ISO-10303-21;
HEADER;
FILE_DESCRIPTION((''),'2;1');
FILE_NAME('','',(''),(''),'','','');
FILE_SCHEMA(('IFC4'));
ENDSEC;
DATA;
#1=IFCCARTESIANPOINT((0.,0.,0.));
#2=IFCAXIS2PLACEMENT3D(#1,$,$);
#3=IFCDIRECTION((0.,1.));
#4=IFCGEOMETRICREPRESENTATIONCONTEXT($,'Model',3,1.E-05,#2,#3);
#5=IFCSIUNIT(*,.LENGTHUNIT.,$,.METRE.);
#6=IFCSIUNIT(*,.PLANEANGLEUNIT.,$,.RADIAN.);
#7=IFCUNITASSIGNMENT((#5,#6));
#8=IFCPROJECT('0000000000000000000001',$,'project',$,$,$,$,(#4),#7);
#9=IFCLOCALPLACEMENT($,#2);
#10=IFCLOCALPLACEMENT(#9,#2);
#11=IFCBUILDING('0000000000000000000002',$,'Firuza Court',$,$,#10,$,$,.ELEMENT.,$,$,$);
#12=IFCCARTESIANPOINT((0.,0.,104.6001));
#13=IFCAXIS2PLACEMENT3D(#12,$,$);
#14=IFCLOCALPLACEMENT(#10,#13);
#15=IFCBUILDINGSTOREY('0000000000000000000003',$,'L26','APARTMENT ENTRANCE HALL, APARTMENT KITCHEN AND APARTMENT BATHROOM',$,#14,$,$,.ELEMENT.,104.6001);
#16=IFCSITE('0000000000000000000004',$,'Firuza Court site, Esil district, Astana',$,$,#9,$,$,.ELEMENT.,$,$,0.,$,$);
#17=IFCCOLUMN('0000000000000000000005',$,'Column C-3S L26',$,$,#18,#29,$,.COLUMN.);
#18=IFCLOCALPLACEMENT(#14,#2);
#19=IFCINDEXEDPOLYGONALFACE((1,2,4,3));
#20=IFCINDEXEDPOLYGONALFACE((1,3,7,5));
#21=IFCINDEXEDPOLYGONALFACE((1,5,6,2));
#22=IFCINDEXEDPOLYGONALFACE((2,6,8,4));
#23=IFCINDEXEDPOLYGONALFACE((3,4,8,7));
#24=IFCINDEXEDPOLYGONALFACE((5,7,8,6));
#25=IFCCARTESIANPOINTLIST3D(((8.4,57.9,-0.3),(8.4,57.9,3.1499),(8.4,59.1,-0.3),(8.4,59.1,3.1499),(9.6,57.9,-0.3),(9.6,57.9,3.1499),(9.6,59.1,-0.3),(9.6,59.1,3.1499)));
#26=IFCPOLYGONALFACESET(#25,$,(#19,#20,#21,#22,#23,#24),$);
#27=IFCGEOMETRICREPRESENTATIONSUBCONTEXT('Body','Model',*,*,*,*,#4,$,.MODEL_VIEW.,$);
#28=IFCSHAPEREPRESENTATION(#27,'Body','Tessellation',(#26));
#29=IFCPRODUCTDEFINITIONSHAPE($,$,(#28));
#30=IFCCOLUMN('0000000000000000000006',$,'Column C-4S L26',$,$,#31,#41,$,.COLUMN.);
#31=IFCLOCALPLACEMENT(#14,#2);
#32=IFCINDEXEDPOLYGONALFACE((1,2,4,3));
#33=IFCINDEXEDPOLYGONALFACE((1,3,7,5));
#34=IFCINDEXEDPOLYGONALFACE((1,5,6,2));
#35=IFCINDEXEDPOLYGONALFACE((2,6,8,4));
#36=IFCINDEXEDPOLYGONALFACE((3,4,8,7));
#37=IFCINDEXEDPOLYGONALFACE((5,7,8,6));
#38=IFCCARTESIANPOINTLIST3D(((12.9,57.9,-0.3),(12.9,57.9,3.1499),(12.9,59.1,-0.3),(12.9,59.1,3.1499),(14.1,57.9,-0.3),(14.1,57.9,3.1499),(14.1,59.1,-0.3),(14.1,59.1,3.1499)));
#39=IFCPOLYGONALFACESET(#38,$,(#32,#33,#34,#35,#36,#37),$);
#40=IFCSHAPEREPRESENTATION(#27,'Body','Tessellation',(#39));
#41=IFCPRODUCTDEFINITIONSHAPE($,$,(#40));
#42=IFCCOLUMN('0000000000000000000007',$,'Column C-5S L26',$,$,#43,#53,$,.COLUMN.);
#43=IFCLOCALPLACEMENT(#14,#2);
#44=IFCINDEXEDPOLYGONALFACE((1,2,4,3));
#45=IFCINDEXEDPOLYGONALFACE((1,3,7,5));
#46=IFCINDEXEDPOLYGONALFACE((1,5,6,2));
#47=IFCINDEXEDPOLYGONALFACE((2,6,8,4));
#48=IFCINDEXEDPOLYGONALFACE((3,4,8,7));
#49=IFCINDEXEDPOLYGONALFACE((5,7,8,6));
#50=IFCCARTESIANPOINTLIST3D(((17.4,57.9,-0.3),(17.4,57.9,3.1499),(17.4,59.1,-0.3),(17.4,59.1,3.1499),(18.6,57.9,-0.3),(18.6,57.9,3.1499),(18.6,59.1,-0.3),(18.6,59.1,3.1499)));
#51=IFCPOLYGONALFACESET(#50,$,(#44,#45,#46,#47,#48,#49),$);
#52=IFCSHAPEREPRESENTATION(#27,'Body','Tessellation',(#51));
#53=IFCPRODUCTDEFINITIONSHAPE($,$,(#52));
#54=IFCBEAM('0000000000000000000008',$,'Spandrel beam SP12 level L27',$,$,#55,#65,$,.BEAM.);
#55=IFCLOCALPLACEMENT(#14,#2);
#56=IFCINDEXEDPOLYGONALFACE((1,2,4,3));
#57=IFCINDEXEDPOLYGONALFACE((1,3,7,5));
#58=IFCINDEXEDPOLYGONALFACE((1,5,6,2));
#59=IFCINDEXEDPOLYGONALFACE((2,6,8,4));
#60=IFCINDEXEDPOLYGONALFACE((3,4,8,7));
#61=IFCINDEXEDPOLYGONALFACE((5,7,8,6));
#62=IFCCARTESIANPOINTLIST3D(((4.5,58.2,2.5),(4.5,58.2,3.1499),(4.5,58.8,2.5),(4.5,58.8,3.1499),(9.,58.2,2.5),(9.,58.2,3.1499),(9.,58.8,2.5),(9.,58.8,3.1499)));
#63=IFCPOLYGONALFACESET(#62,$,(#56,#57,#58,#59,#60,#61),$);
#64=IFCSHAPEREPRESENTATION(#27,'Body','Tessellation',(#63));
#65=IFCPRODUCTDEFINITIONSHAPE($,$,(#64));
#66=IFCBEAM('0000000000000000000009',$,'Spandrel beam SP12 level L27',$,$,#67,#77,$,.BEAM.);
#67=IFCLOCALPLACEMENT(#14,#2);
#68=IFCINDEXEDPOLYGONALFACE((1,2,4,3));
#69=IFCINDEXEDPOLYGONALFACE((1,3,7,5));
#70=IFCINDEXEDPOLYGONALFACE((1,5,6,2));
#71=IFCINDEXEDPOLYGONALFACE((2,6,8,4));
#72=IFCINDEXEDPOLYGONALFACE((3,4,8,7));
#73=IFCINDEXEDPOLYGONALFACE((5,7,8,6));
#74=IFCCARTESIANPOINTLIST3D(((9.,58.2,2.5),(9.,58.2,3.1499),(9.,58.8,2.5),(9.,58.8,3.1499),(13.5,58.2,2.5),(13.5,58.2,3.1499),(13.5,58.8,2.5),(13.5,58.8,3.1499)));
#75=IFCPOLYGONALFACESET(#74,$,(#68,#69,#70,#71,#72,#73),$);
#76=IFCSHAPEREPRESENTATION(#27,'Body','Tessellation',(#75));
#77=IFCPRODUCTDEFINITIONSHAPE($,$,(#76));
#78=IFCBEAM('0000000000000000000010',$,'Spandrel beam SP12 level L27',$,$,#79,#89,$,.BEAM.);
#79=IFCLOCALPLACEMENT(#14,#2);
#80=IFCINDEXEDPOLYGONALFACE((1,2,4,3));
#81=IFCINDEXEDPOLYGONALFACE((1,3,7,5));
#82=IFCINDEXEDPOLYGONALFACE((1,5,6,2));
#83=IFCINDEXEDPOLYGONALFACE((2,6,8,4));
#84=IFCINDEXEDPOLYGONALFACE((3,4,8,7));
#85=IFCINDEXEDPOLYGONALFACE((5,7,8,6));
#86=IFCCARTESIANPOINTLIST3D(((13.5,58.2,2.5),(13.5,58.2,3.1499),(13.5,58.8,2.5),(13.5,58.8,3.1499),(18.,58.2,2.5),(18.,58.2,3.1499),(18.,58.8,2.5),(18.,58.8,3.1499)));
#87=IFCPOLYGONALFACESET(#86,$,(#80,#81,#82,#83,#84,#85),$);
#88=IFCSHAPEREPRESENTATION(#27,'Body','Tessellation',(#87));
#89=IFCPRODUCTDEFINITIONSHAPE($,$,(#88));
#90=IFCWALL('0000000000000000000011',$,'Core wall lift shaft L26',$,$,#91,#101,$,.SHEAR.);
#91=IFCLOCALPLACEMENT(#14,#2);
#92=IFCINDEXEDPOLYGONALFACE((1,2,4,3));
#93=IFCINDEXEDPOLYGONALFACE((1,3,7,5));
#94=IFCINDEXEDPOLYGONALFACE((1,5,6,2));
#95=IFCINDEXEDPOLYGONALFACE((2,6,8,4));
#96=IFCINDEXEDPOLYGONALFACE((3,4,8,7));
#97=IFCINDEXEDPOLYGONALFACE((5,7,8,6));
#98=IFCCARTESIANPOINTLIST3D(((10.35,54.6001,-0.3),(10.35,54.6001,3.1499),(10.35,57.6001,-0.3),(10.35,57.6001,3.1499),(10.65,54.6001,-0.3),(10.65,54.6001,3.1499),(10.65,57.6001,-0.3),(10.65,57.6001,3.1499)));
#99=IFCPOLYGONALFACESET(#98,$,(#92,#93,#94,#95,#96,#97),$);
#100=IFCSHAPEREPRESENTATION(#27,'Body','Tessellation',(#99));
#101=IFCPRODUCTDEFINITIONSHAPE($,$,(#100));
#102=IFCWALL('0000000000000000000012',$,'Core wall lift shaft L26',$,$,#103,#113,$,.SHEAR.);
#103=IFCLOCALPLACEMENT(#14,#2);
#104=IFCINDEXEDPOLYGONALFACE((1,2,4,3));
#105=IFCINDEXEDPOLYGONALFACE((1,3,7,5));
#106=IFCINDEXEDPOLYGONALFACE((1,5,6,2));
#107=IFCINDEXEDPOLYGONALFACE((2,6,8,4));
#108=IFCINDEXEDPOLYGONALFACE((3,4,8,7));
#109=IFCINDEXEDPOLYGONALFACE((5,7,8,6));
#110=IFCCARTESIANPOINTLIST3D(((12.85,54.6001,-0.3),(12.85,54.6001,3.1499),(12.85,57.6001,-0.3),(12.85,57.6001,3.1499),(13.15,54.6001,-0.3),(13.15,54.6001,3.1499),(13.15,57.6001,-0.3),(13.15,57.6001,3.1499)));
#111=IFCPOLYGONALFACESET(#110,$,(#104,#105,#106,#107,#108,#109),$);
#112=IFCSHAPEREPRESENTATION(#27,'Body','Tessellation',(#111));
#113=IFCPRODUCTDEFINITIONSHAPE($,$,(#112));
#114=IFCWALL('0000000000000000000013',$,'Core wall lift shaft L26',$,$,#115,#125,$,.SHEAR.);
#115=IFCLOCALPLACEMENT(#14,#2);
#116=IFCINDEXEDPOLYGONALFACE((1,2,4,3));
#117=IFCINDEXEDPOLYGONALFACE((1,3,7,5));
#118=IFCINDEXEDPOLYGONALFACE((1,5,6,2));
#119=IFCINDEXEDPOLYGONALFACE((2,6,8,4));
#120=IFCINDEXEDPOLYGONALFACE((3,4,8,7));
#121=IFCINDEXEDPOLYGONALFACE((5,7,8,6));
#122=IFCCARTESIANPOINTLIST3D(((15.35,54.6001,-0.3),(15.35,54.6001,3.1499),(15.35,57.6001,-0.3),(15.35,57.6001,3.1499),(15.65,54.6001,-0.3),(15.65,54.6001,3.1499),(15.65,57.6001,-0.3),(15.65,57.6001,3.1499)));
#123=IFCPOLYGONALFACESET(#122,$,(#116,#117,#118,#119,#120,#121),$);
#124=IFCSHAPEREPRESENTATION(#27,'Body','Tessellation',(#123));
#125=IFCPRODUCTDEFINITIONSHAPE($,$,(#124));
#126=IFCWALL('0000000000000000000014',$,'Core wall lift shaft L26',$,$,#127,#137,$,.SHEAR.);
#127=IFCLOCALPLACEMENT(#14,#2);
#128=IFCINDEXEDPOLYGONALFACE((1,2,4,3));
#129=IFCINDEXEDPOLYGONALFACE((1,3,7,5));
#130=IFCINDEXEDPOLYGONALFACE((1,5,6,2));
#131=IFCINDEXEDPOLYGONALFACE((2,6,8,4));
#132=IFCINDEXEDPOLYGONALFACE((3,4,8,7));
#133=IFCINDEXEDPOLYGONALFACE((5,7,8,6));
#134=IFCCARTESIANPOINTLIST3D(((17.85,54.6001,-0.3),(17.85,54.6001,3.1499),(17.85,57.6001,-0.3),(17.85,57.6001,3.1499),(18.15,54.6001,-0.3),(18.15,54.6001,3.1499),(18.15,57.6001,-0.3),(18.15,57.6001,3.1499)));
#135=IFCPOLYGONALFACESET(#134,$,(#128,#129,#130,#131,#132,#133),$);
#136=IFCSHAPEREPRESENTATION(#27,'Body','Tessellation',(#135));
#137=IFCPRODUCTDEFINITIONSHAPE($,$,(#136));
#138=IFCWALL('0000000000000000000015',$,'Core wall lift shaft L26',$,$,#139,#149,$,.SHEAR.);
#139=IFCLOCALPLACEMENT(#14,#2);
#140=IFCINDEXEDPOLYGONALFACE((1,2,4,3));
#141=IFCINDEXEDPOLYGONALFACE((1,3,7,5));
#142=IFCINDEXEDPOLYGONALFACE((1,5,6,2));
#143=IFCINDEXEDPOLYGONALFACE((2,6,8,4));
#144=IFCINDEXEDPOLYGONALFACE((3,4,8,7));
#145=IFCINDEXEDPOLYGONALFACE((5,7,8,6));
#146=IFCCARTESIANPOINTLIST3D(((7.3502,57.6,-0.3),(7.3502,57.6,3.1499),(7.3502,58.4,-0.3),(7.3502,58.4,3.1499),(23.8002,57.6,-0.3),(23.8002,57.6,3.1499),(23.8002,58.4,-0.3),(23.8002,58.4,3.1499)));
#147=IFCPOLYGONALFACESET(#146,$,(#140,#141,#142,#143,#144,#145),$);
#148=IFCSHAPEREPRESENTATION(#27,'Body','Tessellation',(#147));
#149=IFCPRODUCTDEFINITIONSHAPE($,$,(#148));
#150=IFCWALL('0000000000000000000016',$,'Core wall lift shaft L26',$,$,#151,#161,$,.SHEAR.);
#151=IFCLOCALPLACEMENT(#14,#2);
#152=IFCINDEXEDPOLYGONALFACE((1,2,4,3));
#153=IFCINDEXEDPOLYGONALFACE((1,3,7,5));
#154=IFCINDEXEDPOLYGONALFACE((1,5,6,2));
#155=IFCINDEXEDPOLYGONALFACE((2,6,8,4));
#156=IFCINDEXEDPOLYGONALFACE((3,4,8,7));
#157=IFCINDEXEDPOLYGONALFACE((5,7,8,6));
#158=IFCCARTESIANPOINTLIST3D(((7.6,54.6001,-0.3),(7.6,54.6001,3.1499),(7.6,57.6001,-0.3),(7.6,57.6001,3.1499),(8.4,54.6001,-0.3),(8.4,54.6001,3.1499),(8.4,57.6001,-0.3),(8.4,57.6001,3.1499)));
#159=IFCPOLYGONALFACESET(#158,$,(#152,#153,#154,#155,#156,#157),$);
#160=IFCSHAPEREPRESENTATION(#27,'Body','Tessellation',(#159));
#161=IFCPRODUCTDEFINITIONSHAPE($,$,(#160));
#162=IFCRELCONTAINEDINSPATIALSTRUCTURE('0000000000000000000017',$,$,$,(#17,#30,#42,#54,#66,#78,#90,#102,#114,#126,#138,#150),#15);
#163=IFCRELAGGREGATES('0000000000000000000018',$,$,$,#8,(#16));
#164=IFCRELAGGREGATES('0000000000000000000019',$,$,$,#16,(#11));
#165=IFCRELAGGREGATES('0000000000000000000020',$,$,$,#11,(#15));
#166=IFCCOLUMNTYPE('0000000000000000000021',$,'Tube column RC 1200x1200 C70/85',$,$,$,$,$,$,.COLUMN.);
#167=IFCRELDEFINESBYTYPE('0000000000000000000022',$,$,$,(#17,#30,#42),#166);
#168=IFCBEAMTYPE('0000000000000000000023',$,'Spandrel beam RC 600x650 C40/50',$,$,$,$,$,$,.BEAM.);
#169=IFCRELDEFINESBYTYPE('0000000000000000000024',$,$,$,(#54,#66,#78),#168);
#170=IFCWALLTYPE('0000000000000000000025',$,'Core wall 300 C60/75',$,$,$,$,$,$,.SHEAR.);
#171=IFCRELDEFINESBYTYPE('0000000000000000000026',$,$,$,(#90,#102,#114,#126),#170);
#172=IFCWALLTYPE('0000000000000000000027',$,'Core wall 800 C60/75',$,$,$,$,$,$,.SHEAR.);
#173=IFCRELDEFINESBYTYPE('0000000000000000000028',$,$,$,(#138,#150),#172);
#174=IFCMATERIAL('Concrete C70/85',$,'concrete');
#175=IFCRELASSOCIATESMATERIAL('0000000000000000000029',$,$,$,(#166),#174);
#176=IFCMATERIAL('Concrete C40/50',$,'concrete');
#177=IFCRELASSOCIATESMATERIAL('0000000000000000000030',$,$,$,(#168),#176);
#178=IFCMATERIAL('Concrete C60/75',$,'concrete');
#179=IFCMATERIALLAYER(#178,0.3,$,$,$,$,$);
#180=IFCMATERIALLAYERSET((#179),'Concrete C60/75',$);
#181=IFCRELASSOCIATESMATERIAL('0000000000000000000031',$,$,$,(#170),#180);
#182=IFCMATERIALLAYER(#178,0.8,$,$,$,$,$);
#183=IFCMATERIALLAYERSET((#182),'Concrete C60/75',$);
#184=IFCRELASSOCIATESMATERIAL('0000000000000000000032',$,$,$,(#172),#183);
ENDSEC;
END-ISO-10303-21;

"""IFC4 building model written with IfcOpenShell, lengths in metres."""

from ifc_helpers import new_model, si_unit, direction, frame, frame_2d, origin, origin_2d, place, context, subcontext, project, spatial, rectangle, extrude, material, layer, layer_set, material_profile, profile_set, type_object, element, save


model = new_model("IFC4")

# Units and contexts
model_context = context("Model", 3, precision=1e-05, world=origin(), true_north=direction((0.0, 1.0)))
body_context = subcontext(model_context, "Body", "Model", "MODEL_VIEW")
ifc_project = project(units=[si_unit("LENGTHUNIT", "METRE"), si_unit("PLANEANGLEUNIT", "RADIAN")], contexts=[model_context])

# Site, building, storey
site_placement = place(None, origin())
site = spatial("IfcSite", under=ifc_project, at=site_placement, Name="Firuza Court site, Esil district, Astana", CompositionType="ELEMENT", RefElevation=0.0)
building_placement = place(site_placement, origin())
building = spatial("IfcBuilding", under=site, at=building_placement, Name="Firuza Court", CompositionType="ELEMENT")
storey_placement = place(building_placement, frame((0.0, 0.0, 104.6001)))
storey = spatial("IfcBuildingStorey", under=building, at=storey_placement, Name="L26", Description="APARTMENT ENTRANCE HALL, APARTMENT KITCHEN AND APARTMENT BATHROOM", CompositionType="ELEMENT", Elevation=104.6001)

# Columns
ifc_material_1 = material(Name="Concrete C70/85", Category="concrete")
ifc_material_profile_1 = material_profile(ifc_material_1, rectangle(XDim=1.2, YDim=1.2, at=origin_2d()), Name="RC 1200x1200")
ifc_profile_set_1 = profile_set([ifc_material_profile_1], Name="Concrete C70/85")
column_type = type_object("IfcColumnType", Name="Tube column RC 1200x1200 C70/85", PredefinedType="COLUMN", material=ifc_profile_set_1)
for number, where, z_axis, x_axis, name in (
    (1, (9.0, 58.5, -0.3), (0.0, 0.0, 1.0), (1.0, 0.0, 0.0), "Column C-3S L26"),
    (2, (13.5, 58.5, -0.3), (0.0, 0.0, 1.0), (1.0, 0.0, 0.0), "Column C-4S L26"),
    (3, (18.0, 58.5, -0.3), (0.0, 0.0, 1.0), (1.0, 0.0, 0.0), "Column C-5S L26"),
):
    element("IfcColumn", number, at=place(storey_placement, frame(where, z_axis=z_axis, x_axis=x_axis)), inside=storey, type_object=column_type, Name=name, PredefinedType="COLUMN", context=body_context, shape_type="SweptSolid", body=[
        extrude(rectangle(XDim=1.2, YDim=1.2, at=origin_2d()), origin(), (0.0, 0.0, 1.0), 3.45),
    ])

# Beams
ifc_material_2 = material(Name="Concrete C40/50", Category="concrete")
ifc_material_profile_2 = material_profile(ifc_material_2, rectangle(XDim=0.6001, YDim=0.6499, at=origin_2d()), Name="RC 600x650")
ifc_profile_set_2 = profile_set([ifc_material_profile_2], Name="Concrete C40/50")
beam_type = type_object("IfcBeamType", Name="Spandrel beam RC 600x650 C40/50", PredefinedType="BEAM", material=ifc_profile_set_2)
for number, where, z_axis, x_axis, name in (
    (4, (9.0, 58.5, 2.825), (-1.0, 0.0, 0.0), (0.0, -1.0, 0.0), "Spandrel beam SP12 level L27"),
    (5, (13.5, 58.5, 2.825), (-1.0, 0.0, 0.0), (0.0, -1.0, 0.0), "Spandrel beam SP12 level L27"),
    (6, (18.0, 58.5, 2.825), (-1.0, 0.0, 0.0), (0.0, -1.0, 0.0), "Spandrel beam SP12 level L27"),
):
    element("IfcBeam", number, at=place(storey_placement, frame(where, z_axis=z_axis, x_axis=x_axis)), inside=storey, type_object=beam_type, Name=name, PredefinedType="BEAM", context=body_context, shape_type="SweptSolid", body=[
        extrude(rectangle(XDim=0.6001, YDim=0.6499, at=origin_2d()), origin(), (0.0, 0.0, 1.0), 4.5),
    ])

# Walls
ifc_material_3 = material(Name="Concrete C60/75", Category="concrete")
ifc_layer_1 = layer(ifc_material_3, 0.3)
ifc_layer_set_1 = layer_set([ifc_layer_1], Name="Concrete C60/75")
wall_type_1 = type_object("IfcWallType", Name="Core wall 300 C60/75", PredefinedType="SHEAR", material=ifc_layer_set_1)
for number, where, z_axis, x_axis, name in (
    (7, (10.5, 54.6001, -0.3), (0.0, 0.0, 1.0), (0.0, 1.0, 0.0), "Core wall lift shaft L26"),
    (8, (13.0, 54.6001, -0.3), (0.0, 0.0, 1.0), (0.0, 1.0, 0.0), "Core wall lift shaft L26"),
    (9, (15.5, 54.6001, -0.3), (0.0, 0.0, 1.0), (0.0, 1.0, 0.0), "Core wall lift shaft L26"),
    (10, (18.0, 54.6001, -0.3), (0.0, 0.0, 1.0), (0.0, 1.0, 0.0), "Core wall lift shaft L26"),
):
    element("IfcWall", number, at=place(storey_placement, frame(where, z_axis=z_axis, x_axis=x_axis)), inside=storey, type_object=wall_type_1, Name=name, PredefinedType="SHEAR", context=body_context, shape_type="SweptSolid", body=[
        extrude(rectangle(XDim=3.0, YDim=0.3, at=frame_2d((1.5, 0.0))), origin(), (0.0, 0.0, 1.0), 3.45),
    ])
ifc_layer_2 = layer(ifc_material_3, 0.8)
ifc_layer_set_2 = layer_set([ifc_layer_2], Name="Concrete C60/75")
wall_type_2 = type_object("IfcWallType", Name="Core wall 800 C60/75", PredefinedType="SHEAR", material=ifc_layer_set_2)
wall_1_placement = place(storey_placement, frame((7.3501, 58.0, -0.3), z_axis=(0.0, 0.0, 1.0), x_axis=(1.0, 0.0, 0.0)))
element("IfcWall", 11, at=wall_1_placement, inside=storey, type_object=wall_type_2, Name="Core wall lift shaft L26", PredefinedType="SHEAR", context=body_context, shape_type="SweptSolid", body=[
    extrude(rectangle(XDim=16.45, YDim=0.8, at=frame_2d((8.2251, 0.0))), origin(), (0.0, 0.0, 1.0), 3.45),
])
wall_2_placement = place(storey_placement, frame((8.0, 54.6001, -0.3), z_axis=(0.0, 0.0, 1.0), x_axis=(0.0, 1.0, 0.0)))
element("IfcWall", 12, at=wall_2_placement, inside=storey, type_object=wall_type_2, Name="Core wall lift shaft L26", PredefinedType="SHEAR", context=body_context, shape_type="SweptSolid", body=[
    extrude(rectangle(XDim=3.0, YDim=0.8, at=frame_2d((1.5, 0.0))), origin(), (0.0, 0.0, 1.0), 3.45),
])

save(model, "model.ifc")
